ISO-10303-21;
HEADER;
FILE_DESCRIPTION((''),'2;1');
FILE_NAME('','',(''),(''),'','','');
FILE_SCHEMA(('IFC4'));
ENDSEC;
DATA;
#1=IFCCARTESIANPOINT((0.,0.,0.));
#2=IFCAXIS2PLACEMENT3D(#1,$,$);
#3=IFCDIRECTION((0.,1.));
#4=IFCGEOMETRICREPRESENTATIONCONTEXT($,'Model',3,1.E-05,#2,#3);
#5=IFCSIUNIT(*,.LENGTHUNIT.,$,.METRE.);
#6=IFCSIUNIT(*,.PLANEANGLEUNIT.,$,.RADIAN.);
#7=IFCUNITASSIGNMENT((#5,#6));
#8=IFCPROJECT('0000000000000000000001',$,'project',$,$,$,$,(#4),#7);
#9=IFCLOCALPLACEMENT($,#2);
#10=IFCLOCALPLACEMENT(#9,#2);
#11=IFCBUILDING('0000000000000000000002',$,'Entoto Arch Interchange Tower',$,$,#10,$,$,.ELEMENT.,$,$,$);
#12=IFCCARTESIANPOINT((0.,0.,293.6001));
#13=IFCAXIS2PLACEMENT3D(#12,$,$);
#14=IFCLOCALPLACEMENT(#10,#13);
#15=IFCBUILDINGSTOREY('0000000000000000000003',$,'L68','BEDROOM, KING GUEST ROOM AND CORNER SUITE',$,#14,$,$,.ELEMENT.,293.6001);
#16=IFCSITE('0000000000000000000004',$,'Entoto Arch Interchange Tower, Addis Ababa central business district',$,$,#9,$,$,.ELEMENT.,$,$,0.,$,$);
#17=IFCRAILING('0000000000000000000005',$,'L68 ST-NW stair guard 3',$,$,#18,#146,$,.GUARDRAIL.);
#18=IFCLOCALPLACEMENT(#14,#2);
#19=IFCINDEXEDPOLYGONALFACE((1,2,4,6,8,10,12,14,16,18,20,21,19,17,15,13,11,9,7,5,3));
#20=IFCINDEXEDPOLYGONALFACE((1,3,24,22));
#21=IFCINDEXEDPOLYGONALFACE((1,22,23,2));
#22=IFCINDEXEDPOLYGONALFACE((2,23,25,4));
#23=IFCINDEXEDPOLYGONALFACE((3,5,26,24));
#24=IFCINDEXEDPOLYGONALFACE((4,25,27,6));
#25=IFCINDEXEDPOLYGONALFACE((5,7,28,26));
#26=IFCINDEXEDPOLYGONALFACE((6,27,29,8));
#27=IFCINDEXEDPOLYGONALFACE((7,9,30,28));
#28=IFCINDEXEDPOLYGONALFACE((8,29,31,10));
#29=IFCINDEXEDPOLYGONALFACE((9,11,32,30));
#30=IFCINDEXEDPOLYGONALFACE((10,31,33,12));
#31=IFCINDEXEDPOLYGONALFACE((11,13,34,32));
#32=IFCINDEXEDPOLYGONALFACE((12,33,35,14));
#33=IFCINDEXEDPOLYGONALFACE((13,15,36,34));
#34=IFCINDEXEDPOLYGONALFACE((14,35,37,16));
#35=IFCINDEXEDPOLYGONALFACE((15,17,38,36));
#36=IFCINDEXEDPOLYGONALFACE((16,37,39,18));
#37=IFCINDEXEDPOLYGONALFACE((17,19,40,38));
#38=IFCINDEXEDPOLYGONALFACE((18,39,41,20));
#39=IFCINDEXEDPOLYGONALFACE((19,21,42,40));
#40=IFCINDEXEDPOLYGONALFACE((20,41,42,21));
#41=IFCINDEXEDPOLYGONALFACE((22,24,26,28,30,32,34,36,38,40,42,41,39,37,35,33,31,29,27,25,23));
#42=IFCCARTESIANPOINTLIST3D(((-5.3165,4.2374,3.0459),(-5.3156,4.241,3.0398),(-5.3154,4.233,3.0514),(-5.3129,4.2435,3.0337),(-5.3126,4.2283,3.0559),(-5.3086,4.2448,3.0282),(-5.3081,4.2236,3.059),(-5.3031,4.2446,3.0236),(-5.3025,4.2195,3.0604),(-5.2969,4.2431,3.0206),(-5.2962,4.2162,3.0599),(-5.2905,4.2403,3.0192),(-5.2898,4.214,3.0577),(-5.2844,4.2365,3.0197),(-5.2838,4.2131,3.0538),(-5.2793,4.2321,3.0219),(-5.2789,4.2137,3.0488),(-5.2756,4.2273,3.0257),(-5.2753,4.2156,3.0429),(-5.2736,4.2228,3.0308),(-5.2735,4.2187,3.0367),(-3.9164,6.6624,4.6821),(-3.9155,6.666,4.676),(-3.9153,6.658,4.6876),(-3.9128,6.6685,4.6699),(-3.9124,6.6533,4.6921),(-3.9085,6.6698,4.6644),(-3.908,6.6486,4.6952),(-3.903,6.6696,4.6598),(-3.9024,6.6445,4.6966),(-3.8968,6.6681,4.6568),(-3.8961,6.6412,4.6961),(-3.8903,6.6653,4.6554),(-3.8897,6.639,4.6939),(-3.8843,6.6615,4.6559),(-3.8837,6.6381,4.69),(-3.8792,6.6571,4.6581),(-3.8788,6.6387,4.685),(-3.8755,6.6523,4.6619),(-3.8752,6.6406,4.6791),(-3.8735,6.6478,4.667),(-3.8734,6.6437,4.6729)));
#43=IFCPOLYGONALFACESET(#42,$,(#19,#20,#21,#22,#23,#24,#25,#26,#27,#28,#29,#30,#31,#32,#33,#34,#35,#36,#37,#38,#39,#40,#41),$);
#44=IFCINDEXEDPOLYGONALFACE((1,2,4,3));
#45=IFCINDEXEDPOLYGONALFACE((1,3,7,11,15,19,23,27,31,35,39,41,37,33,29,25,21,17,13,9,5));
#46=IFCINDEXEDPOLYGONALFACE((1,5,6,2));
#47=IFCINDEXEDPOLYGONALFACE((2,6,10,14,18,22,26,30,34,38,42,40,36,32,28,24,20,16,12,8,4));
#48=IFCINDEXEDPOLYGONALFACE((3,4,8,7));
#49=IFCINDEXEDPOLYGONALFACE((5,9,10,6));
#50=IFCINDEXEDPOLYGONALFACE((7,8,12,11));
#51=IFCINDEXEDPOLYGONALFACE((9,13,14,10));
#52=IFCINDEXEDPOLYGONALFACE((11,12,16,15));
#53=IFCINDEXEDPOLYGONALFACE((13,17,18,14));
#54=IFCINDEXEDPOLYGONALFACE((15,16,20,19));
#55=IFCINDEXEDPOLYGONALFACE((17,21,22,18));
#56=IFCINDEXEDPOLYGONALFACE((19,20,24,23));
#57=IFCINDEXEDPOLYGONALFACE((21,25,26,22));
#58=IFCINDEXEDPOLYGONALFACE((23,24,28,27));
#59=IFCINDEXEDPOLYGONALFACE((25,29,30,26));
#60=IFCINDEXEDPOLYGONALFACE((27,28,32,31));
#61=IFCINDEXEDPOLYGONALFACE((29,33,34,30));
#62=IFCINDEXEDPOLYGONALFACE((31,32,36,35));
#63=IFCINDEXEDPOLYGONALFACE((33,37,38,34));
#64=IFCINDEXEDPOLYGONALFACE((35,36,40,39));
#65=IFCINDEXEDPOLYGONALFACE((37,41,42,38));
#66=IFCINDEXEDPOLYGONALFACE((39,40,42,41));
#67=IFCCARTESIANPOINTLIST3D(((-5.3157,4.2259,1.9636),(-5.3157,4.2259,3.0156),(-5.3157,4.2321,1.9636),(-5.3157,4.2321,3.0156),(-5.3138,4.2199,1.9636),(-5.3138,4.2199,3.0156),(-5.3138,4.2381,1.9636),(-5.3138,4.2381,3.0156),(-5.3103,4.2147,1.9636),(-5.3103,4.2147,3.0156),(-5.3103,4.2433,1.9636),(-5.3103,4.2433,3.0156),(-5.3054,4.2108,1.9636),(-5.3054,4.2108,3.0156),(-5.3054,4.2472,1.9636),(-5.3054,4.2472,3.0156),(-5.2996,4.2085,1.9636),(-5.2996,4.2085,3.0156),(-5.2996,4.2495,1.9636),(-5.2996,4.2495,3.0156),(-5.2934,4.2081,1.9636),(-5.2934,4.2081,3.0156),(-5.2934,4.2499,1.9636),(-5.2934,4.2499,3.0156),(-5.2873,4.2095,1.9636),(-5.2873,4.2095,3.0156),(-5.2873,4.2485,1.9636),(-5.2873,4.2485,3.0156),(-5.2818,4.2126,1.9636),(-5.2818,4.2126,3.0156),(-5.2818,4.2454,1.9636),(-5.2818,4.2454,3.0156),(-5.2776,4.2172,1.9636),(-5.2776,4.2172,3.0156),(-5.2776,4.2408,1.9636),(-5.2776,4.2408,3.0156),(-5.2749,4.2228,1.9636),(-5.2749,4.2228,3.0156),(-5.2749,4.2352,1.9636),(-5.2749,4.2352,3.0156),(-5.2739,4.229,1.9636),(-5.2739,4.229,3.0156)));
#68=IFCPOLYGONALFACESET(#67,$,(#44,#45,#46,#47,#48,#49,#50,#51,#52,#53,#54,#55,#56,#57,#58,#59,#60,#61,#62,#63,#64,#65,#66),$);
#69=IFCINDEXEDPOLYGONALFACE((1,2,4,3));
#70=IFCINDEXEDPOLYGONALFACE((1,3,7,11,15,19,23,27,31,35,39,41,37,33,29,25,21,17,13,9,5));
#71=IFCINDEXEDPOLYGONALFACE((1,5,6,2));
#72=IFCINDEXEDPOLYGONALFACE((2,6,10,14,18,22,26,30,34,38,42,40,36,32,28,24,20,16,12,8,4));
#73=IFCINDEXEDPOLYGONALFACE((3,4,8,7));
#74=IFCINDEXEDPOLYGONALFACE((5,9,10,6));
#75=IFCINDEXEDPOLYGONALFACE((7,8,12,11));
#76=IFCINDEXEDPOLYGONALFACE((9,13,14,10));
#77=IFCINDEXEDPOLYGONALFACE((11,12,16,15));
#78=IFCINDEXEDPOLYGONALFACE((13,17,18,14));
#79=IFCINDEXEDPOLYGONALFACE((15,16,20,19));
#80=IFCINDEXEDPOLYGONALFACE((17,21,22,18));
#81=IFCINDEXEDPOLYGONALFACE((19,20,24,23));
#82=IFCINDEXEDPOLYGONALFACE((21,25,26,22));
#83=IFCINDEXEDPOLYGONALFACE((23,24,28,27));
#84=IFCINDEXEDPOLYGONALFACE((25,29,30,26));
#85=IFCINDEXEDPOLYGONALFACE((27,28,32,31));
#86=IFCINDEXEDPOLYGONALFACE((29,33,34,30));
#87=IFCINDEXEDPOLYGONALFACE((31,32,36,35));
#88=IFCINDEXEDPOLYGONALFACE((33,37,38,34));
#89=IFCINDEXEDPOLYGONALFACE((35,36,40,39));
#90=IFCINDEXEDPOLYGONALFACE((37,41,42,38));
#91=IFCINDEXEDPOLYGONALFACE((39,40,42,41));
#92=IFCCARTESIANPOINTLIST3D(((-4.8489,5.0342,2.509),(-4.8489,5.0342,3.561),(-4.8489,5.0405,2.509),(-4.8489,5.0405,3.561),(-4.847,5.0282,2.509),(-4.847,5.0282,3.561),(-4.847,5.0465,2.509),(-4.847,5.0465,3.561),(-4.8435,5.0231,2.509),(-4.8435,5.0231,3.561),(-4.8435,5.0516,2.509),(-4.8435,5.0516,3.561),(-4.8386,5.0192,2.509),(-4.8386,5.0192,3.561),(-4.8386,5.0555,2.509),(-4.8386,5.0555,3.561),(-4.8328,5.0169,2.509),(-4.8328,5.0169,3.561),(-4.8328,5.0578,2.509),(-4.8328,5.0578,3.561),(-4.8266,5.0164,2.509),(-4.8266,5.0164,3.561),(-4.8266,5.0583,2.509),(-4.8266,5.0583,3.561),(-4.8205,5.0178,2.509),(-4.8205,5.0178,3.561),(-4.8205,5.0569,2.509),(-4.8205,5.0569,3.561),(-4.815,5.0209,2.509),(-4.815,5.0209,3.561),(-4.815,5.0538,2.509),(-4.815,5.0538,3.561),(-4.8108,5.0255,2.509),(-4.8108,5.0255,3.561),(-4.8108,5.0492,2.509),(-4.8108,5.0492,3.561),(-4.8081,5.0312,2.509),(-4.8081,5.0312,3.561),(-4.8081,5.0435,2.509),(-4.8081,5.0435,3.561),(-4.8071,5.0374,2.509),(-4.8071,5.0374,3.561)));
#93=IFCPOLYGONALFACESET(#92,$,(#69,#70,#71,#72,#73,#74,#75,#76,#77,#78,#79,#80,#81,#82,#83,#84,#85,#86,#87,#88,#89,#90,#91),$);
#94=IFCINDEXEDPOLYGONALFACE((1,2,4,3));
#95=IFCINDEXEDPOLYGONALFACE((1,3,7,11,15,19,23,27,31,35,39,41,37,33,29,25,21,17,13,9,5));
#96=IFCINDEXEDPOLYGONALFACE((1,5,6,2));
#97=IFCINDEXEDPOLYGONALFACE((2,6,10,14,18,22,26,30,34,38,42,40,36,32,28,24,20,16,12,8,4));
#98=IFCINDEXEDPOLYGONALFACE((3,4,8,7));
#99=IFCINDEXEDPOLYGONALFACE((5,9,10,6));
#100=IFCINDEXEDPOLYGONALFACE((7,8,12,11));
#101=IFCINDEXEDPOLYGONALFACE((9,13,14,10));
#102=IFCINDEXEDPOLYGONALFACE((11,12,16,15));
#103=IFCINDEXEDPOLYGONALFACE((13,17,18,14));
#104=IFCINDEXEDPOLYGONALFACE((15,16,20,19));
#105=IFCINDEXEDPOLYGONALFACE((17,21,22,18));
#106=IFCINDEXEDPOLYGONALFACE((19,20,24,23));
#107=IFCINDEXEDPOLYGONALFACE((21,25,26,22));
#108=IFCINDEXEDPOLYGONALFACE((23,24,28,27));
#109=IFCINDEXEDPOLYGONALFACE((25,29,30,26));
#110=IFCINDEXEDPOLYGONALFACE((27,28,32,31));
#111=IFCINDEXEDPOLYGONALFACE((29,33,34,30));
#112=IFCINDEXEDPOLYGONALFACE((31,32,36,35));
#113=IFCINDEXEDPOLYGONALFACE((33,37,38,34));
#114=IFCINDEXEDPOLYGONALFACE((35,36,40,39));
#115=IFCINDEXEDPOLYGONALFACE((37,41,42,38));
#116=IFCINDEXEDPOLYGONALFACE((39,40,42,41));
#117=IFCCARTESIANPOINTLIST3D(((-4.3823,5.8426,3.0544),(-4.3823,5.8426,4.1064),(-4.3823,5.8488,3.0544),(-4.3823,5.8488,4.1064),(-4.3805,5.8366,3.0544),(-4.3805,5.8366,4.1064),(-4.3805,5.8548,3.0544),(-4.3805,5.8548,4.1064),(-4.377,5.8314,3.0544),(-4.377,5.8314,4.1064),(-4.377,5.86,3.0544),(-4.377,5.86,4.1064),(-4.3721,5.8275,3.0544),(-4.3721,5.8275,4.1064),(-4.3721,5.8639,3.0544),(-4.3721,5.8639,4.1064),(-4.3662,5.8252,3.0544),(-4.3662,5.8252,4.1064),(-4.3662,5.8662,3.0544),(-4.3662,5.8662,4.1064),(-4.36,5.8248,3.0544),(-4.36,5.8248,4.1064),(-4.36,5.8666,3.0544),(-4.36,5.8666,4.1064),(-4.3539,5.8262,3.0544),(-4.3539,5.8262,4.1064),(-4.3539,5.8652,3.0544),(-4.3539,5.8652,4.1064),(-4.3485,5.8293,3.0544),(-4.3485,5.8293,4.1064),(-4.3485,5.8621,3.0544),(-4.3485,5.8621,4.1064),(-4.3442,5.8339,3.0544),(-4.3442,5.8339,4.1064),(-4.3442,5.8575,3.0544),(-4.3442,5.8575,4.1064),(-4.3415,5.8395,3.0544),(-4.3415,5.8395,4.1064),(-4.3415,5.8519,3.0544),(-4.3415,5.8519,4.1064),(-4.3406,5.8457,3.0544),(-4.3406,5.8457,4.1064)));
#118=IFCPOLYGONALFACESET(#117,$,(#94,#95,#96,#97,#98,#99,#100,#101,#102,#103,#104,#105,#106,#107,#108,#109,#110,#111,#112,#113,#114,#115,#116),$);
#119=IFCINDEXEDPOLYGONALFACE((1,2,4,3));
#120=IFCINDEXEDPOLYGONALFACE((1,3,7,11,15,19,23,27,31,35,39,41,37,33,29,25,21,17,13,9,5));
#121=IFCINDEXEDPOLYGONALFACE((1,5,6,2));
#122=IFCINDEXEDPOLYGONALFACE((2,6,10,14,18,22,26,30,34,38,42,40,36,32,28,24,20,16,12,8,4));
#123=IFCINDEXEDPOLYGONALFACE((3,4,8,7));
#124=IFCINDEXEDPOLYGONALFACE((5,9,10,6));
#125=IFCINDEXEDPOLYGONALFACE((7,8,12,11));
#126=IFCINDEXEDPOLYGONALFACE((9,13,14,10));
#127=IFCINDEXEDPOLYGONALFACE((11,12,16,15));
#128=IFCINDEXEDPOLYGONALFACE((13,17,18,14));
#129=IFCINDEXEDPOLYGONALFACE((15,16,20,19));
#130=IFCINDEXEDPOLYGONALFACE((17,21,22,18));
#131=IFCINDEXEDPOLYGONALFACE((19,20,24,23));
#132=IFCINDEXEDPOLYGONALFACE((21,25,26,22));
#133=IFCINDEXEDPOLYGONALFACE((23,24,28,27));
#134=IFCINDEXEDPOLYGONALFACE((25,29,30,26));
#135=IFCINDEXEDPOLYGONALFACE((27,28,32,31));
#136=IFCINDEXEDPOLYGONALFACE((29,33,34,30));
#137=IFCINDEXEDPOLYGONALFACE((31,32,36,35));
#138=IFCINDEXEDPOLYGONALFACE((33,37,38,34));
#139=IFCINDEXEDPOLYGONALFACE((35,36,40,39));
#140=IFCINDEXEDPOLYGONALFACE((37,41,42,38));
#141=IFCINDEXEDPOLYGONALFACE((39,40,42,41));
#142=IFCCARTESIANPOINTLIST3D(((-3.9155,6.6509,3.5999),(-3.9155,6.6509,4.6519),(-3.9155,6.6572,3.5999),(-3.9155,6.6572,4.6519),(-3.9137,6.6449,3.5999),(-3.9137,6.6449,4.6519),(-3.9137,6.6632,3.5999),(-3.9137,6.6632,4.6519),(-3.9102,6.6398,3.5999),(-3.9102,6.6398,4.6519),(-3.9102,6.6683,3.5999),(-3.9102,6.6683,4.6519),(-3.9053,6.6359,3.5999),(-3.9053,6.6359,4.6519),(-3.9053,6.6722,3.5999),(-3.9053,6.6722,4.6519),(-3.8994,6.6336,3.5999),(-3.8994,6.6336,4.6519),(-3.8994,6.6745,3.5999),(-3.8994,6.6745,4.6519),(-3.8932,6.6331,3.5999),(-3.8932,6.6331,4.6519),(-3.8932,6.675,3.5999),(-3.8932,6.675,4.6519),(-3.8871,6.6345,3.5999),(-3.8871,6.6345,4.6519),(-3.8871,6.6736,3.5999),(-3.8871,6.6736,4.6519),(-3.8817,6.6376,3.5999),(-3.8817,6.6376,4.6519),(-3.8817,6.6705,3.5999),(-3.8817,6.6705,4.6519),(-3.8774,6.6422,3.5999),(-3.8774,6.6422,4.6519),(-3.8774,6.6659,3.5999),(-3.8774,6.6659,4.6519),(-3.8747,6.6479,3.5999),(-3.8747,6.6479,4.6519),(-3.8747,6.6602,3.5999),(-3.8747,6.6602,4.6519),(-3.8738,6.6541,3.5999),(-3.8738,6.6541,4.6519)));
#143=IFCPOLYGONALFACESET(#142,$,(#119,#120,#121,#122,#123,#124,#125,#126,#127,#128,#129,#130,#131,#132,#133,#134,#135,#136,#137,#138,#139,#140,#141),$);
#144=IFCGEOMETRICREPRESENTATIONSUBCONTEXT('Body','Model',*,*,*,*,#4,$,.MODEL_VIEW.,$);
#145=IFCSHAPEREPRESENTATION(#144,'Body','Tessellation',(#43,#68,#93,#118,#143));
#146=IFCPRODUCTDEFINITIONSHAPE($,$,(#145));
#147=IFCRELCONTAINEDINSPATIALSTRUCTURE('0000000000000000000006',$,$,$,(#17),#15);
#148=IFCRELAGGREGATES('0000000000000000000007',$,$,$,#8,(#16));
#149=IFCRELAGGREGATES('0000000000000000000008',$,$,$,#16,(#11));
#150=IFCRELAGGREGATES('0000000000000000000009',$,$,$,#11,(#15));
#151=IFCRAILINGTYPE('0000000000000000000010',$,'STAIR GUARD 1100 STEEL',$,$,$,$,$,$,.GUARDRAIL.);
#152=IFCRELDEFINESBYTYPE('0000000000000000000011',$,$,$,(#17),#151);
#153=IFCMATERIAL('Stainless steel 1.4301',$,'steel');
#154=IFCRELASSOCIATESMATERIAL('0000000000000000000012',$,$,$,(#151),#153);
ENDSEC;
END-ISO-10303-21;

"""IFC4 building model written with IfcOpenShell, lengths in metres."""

from ifc_helpers import new_model, si_unit, direction, frame, origin, origin_2d, place, context, subcontext, project, spatial, circle, extrude, material, type_object, element, save


model = new_model("IFC4")

# Units and contexts
model_context = context("Model", 3, precision=1e-05, world=origin(), true_north=direction((0.0, 1.0)))
body_context = subcontext(model_context, "Body", "Model", "MODEL_VIEW")
ifc_project = project(units=[si_unit("LENGTHUNIT", "METRE"), si_unit("PLANEANGLEUNIT", "RADIAN")], contexts=[model_context])

# Site, building, storey
site_placement = place(None, origin())
site = spatial("IfcSite", under=ifc_project, at=site_placement, Name="Entoto Arch Interchange Tower, Addis Ababa central business district", CompositionType="ELEMENT", RefElevation=0.0)
building_placement = place(site_placement, origin())
building = spatial("IfcBuilding", under=site, at=building_placement, Name="Entoto Arch Interchange Tower", CompositionType="ELEMENT")
storey_placement = place(building_placement, frame((0.0, 0.0, 293.6001)))
storey = spatial("IfcBuildingStorey", under=building, at=storey_placement, Name="L68", Description="BEDROOM, KING GUEST ROOM AND CORNER SUITE", CompositionType="ELEMENT", Elevation=293.6001)

# Railing
ifc_material_1 = material(Name="Stainless steel 1.4301", Category="steel")
railing_type = type_object("IfcRailingType", Name="STAIR GUARD 1100 STEEL", PredefinedType="GUARDRAIL", material=ifc_material_1)
railing_1_placement = place(storey_placement, frame((-5.2949, 4.229, 1.9636)))
element("IfcRailing", 1, at=railing_1_placement, inside=storey, type_object=railing_type, Name="L68 ST-NW stair guard 3", PredefinedType="GUARDRAIL", context=body_context, shape_type="SweptSolid", body=[
    extrude(circle(Radius=0.0239, at=origin_2d()), frame((0.0, 0.0, 1.0762), z_axis=(0.431714, 0.747727, 0.504507), x_axis=(-0.866019, 0.500012, 0.0)), (0.0, 0.0, 1.0), 3.2432),
    extrude(circle(Radius=0.021, at=origin_2d()), origin(), (0.0, 0.0, 1.0), 1.052),
    extrude(circle(Radius=0.021, at=origin_2d()), frame((0.4668, 0.8083, 0.5454)), (0.0, 0.0, 1.0), 1.052),
    extrude(circle(Radius=0.021, at=origin_2d()), frame((0.9333, 1.6167, 1.0908)), (0.0, 0.0, 1.0), 1.052),
    extrude(circle(Radius=0.021, at=origin_2d()), frame((1.4001, 2.425, 1.6362)), (0.0, 0.0, 1.0), 1.052),
])

save(model, "model.ifc")
